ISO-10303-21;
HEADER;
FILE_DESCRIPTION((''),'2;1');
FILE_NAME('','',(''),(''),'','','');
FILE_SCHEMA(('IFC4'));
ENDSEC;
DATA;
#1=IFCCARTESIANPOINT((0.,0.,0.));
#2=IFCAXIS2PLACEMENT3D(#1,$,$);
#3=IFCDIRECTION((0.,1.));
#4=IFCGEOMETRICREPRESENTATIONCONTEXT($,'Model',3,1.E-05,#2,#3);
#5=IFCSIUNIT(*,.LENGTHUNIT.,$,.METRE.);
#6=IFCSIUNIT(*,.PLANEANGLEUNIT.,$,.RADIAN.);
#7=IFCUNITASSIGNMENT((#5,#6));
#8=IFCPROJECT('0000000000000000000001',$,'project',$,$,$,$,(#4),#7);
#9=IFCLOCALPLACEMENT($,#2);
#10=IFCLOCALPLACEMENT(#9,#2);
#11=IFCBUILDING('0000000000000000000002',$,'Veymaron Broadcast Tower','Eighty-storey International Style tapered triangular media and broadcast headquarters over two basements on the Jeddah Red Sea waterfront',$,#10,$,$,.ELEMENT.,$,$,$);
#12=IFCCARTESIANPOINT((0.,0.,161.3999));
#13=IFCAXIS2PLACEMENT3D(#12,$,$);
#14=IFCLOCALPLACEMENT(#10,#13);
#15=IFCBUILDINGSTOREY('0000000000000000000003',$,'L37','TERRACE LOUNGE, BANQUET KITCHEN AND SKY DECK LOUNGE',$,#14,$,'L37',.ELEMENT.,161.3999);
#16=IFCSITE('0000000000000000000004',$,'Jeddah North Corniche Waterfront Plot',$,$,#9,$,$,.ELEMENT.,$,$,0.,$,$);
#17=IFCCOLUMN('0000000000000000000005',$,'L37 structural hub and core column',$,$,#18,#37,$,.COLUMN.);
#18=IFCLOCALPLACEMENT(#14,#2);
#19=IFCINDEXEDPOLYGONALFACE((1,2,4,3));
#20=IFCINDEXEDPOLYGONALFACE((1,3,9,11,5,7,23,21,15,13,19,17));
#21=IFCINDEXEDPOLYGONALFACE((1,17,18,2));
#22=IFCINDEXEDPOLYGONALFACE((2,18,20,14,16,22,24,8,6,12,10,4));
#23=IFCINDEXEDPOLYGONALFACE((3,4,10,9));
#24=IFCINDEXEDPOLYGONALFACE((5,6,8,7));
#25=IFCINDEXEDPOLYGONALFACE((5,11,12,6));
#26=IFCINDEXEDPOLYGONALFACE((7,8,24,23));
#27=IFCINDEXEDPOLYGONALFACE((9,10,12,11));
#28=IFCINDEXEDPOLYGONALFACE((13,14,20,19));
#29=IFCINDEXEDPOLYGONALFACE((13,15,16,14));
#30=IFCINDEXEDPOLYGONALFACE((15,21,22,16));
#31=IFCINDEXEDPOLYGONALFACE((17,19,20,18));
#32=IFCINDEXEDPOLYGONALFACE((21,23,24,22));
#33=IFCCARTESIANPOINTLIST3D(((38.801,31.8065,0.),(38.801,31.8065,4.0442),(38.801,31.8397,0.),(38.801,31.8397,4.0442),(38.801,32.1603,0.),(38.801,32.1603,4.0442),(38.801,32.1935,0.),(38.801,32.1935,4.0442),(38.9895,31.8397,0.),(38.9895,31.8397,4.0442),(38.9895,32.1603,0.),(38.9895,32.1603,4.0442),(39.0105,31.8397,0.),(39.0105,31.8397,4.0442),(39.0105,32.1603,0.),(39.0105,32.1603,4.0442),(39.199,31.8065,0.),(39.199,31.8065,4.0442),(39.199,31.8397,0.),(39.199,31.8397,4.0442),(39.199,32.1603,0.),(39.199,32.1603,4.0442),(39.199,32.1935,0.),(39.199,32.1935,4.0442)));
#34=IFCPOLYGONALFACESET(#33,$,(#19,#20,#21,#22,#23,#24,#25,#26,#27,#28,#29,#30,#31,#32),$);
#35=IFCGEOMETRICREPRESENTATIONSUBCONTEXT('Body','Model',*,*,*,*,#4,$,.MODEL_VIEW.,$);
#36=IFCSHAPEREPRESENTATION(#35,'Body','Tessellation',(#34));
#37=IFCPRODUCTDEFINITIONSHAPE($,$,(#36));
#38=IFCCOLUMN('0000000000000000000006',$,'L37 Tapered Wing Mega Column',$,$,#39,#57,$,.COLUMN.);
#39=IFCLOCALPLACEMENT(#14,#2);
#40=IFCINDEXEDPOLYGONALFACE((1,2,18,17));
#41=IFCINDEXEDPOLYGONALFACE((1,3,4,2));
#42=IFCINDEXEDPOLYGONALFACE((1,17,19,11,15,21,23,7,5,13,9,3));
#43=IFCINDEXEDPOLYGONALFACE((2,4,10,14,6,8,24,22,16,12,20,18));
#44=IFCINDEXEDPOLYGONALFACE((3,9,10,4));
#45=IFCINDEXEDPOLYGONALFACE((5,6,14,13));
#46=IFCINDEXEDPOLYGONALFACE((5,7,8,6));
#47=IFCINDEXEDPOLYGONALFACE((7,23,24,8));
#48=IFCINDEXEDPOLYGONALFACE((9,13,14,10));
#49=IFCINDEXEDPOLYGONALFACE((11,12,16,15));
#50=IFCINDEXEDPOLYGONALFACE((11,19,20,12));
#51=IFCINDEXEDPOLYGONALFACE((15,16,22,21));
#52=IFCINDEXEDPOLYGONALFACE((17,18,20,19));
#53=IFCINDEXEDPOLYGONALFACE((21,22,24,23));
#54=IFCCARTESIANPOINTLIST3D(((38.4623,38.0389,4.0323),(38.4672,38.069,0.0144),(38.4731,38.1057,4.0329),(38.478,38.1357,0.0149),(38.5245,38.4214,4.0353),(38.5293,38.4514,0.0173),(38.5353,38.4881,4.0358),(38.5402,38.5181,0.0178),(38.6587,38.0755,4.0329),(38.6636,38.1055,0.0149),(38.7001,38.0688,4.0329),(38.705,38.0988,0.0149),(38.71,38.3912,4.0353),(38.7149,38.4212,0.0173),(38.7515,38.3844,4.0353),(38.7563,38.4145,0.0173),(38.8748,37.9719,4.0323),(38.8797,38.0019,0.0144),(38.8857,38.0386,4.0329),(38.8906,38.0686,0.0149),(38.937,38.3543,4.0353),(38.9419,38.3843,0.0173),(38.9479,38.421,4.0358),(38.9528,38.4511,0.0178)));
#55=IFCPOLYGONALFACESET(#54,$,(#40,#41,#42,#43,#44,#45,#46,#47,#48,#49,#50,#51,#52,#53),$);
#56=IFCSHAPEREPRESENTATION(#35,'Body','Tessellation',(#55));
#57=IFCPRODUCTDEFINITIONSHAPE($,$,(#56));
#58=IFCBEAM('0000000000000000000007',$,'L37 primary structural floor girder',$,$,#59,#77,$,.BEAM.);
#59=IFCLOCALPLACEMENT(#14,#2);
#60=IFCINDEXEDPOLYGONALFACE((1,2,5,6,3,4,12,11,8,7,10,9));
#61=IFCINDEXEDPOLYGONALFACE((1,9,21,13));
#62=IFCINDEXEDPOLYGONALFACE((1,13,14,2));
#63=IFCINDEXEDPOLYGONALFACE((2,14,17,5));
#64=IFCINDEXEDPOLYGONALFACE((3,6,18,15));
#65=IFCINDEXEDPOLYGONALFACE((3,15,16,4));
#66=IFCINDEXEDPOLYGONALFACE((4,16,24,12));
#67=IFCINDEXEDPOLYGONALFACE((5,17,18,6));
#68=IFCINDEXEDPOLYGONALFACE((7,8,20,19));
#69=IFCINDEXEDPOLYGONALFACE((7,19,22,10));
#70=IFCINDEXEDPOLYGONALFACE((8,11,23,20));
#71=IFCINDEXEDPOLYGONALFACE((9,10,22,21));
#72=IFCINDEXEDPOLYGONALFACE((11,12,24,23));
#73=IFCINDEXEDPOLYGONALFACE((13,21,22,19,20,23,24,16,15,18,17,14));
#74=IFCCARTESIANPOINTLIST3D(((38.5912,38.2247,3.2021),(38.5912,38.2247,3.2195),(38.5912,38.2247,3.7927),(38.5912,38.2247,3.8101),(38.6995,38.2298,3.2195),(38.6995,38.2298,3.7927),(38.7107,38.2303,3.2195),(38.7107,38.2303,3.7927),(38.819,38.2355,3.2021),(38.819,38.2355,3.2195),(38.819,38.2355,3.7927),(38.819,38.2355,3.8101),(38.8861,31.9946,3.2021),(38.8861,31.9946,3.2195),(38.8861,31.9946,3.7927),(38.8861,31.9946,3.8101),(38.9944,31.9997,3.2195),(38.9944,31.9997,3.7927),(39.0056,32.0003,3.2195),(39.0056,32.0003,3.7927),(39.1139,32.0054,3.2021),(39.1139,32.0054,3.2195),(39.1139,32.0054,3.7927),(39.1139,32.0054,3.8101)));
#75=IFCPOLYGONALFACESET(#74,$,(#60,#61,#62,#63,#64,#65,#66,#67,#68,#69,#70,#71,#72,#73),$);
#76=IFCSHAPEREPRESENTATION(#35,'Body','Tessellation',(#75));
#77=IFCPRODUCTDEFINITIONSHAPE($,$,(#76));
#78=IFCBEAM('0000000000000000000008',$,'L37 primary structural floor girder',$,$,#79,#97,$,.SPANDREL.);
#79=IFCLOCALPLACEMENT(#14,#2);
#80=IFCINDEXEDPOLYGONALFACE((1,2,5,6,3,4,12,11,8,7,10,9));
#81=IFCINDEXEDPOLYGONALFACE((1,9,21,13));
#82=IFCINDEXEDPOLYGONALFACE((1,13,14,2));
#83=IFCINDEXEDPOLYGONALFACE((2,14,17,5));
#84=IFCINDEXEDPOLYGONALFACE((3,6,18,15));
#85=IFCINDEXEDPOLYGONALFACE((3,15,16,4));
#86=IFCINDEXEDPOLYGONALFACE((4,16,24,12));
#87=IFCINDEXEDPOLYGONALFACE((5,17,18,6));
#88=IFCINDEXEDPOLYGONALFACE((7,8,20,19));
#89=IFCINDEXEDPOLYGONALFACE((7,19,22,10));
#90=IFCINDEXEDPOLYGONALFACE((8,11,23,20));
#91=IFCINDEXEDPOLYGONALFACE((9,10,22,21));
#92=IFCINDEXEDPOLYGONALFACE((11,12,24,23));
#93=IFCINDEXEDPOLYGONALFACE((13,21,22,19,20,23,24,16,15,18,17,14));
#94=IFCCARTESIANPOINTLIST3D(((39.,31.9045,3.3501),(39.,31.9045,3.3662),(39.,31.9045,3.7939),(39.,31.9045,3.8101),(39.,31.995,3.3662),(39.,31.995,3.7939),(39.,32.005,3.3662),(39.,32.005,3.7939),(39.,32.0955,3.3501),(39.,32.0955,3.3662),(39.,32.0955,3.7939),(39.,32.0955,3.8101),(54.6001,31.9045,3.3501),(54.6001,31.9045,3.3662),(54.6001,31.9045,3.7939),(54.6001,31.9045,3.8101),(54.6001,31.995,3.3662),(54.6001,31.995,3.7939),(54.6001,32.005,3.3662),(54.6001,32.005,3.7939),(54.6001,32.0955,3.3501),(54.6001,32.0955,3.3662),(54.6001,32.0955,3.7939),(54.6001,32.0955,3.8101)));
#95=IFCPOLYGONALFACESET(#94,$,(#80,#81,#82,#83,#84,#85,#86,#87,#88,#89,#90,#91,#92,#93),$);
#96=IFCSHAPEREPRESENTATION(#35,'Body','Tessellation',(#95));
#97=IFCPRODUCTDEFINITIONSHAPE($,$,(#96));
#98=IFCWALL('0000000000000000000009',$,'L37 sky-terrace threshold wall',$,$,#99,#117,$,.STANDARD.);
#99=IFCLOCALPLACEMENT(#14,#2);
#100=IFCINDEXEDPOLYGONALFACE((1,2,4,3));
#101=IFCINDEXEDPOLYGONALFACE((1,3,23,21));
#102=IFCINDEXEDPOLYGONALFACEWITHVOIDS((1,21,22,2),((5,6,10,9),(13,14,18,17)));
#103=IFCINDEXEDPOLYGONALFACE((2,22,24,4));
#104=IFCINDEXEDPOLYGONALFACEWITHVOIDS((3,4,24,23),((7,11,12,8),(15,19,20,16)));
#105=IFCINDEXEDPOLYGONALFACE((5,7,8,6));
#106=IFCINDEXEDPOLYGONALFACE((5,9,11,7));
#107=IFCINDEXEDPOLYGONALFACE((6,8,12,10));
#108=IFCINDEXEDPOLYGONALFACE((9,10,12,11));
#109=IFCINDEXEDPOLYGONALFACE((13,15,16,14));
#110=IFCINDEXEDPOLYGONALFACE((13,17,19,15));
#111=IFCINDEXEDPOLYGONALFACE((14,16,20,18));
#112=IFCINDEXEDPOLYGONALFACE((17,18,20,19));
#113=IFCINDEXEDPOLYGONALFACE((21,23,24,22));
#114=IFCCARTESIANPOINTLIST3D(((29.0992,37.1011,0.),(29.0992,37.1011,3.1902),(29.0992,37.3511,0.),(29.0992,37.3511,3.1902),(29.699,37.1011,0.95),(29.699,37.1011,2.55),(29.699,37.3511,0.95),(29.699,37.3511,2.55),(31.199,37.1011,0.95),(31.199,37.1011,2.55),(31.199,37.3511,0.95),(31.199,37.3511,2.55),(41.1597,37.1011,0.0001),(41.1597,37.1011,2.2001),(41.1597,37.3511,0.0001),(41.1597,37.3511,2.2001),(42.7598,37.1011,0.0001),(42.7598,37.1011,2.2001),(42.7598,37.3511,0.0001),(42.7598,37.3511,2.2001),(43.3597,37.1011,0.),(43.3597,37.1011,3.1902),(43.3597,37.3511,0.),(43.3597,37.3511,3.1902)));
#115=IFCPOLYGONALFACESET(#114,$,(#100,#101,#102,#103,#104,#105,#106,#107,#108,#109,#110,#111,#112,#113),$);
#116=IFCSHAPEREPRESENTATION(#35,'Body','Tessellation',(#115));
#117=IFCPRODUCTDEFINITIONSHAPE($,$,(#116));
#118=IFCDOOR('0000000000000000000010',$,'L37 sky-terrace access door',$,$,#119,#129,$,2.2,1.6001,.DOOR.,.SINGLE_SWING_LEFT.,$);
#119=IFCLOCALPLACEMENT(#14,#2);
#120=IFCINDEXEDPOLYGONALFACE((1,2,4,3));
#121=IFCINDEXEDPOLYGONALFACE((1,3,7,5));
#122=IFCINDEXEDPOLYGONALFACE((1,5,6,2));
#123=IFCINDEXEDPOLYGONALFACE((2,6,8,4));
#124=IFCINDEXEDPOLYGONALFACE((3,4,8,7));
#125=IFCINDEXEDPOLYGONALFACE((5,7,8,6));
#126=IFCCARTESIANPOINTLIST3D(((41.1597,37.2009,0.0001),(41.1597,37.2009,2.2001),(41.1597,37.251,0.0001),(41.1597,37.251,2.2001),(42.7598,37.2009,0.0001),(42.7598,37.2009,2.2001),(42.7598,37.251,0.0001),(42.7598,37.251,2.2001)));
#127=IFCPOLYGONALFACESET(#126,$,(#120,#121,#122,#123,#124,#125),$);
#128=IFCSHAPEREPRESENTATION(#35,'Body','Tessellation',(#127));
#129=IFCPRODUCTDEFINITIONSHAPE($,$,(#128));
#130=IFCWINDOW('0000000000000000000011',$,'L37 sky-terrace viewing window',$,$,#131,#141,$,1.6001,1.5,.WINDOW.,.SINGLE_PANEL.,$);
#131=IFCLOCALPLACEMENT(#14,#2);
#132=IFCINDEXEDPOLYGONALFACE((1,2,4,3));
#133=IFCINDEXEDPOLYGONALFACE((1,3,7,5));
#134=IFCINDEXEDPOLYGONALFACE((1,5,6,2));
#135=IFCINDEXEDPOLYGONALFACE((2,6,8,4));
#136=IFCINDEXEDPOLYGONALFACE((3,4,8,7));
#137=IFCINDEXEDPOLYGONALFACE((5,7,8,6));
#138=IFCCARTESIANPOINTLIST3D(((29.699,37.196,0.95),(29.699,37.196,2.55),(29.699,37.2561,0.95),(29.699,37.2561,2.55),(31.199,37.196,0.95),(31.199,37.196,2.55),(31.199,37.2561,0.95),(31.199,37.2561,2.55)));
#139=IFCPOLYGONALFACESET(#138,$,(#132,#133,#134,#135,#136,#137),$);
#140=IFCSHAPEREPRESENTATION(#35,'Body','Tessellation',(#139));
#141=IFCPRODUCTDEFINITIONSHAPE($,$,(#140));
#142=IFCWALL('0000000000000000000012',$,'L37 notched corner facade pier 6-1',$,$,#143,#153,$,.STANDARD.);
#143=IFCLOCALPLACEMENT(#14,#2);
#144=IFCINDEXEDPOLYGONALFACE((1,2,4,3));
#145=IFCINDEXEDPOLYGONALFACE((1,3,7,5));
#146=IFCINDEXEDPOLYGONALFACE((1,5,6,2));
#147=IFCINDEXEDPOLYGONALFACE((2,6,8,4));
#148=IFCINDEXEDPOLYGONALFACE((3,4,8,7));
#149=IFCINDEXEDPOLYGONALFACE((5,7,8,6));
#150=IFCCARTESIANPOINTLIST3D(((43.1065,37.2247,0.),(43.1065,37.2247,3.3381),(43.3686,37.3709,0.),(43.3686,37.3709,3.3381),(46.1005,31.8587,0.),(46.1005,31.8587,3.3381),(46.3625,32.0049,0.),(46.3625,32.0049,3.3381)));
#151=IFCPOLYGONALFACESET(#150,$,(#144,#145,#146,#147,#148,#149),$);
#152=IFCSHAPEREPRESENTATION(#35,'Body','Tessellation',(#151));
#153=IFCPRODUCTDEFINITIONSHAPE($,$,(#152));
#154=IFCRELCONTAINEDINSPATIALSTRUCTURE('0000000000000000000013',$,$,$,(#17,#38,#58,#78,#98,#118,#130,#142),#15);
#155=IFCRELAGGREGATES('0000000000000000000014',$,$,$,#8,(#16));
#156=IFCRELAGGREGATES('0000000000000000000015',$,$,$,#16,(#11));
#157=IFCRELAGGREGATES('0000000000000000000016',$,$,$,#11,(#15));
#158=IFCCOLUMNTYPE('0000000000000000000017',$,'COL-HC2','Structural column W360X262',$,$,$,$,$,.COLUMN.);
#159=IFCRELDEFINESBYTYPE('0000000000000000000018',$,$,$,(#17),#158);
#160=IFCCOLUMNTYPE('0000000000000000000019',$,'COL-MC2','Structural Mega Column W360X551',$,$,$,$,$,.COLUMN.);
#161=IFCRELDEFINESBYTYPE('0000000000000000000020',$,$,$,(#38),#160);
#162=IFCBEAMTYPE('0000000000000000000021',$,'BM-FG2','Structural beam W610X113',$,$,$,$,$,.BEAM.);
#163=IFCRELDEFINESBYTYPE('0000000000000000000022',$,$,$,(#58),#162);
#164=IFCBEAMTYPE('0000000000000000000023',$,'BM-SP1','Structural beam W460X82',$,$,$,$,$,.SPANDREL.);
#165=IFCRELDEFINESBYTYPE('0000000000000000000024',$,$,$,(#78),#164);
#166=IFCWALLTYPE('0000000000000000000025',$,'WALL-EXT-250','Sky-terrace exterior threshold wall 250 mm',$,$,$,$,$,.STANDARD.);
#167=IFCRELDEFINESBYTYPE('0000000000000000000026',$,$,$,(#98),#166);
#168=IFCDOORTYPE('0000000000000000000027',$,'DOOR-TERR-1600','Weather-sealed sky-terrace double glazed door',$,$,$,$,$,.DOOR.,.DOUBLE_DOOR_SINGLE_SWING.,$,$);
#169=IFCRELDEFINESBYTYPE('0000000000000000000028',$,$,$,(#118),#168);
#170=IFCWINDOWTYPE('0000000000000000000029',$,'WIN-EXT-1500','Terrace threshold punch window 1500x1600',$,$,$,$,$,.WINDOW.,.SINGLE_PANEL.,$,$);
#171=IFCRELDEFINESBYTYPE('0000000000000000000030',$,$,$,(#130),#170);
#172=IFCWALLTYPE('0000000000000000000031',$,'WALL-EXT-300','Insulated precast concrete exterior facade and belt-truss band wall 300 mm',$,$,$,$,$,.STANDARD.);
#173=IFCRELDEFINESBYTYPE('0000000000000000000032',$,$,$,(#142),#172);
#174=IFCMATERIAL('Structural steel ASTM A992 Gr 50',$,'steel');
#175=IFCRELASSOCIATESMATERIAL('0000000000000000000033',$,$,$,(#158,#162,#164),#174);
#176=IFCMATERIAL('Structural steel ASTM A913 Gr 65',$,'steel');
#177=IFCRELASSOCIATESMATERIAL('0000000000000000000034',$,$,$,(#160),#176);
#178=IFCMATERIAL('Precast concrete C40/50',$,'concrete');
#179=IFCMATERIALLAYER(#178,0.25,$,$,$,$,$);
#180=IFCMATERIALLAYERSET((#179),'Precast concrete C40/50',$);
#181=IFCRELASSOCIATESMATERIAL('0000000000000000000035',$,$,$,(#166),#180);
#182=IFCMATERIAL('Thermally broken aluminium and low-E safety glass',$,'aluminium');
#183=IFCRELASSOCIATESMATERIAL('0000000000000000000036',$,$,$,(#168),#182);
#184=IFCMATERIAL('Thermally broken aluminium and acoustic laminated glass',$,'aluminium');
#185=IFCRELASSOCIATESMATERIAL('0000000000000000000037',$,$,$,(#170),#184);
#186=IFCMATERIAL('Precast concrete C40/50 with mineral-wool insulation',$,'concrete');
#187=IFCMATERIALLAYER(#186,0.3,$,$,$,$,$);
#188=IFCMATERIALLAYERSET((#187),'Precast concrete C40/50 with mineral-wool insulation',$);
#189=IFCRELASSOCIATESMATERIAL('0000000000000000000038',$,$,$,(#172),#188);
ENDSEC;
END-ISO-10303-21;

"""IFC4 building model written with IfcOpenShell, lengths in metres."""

from ifc_helpers import new_model, si_unit, direction, frame, frame_2d, origin, origin_2d, place, context, subcontext, project, spatial, rectangle, i_section, extrude, material, layer, layer_set, material_profile, profile_set, type_object, element, fill, save


model = new_model("IFC4")

# Units and contexts
model_context = context("Model", 3, precision=1e-05, world=origin(), true_north=direction((0.0, 1.0)))
body_context = subcontext(model_context, "Body", "Model", "MODEL_VIEW")
ifc_project = project(units=[si_unit("LENGTHUNIT", "METRE"), si_unit("PLANEANGLEUNIT", "RADIAN")], contexts=[model_context])

# Site, building, storey
site_placement = place(None, origin())
site = spatial("IfcSite", under=ifc_project, at=site_placement, Name="Jeddah North Corniche Waterfront Plot", CompositionType="ELEMENT", RefElevation=0.0)
building_placement = place(site_placement, origin())
building = spatial("IfcBuilding", under=site, at=building_placement, Name="Veymaron Broadcast Tower", Description="Eighty-storey International Style tapered triangular media and broadcast headquarters over two basements on the Jeddah Red Sea waterfront", CompositionType="ELEMENT")
storey_placement = place(building_placement, frame((0.0, 0.0, 161.3999)))
storey = spatial("IfcBuildingStorey", under=building, at=storey_placement, Name="L37", Description="TERRACE LOUNGE, BANQUET KITCHEN AND SKY DECK LOUNGE", LongName="L37", CompositionType="ELEMENT", Elevation=161.3999)

# Columns
ifc_material_1 = material(Name="Structural steel ASTM A992 Gr 50", Category="steel")
ifc_material_profile_1 = material_profile(ifc_material_1, i_section(OverallWidth=0.3979, OverallDepth=0.387, WebThickness=0.021, FlangeThickness=0.0332, at=origin_2d()), Name="W360X262")
ifc_profile_set_1 = profile_set([ifc_material_profile_1], Name="Structural steel ASTM A992 Gr 50")
column_type_1 = type_object("IfcColumnType", Name="COL-HC2", Description="Structural column W360X262", PredefinedType="COLUMN", material=ifc_profile_set_1)
column_1_placement = place(storey_placement, frame((39.0, 32.0, 0.0), z_axis=(0.0, 0.0, 1.0), x_axis=(1.0, 0.0, 0.0)))
element("IfcColumn", 1, at=column_1_placement, inside=storey, type_object=column_type_1, Name="L37 structural hub and core column", PredefinedType="COLUMN", context=body_context, shape_type="SweptSolid", body=[
    extrude(i_section(OverallWidth=0.3979, OverallDepth=0.387, WebThickness=0.021, FlangeThickness=0.0332, at=origin_2d()), origin(), (0.0, 0.0, 1.0), 4.0442),
])
ifc_material_2 = material(Name="Structural steel ASTM A913 Gr 65", Category="steel")
ifc_material_profile_2 = material_profile(ifc_material_2, i_section(OverallWidth=0.418, OverallDepth=0.4551, WebThickness=0.042, FlangeThickness=0.0676, at=origin_2d()), Name="W360X551")
ifc_profile_set_2 = profile_set([ifc_material_profile_2], Name="Structural steel ASTM A913 Gr 65")
column_type_2 = type_object("IfcColumnType", Name="COL-MC2", Description="Structural Mega Column W360X551", PredefinedType="COLUMN", material=ifc_profile_set_2)
column_2_placement = place(storey_placement, frame((38.71, 38.26, 0.0161), z_axis=(-0.001215, -0.007473, 0.999971), x_axis=(0.987037, -0.160494, 0.0)))
element("IfcColumn", 2, at=column_2_placement, inside=storey, type_object=column_type_2, Name="L37 Tapered Wing Mega Column", PredefinedType="COLUMN", context=body_context, shape_type="SweptSolid", body=[
    extrude(i_section(OverallWidth=0.418, OverallDepth=0.4551, WebThickness=0.042, FlangeThickness=0.0676, at=origin_2d()), origin(), (0.0, 0.0, 1.0), 4.0181),
])

# Beams
ifc_material_profile_3 = material_profile(ifc_material_1, i_section(OverallWidth=0.228, OverallDepth=0.6079, WebThickness=0.0112, FlangeThickness=0.0173, at=origin_2d()), Name="W610X113")
ifc_profile_set_3 = profile_set([ifc_material_profile_3], Name="Structural steel ASTM A992 Gr 50")
beam_type_1 = type_object("IfcBeamType", Name="BM-FG2", Description="Structural beam W610X113", PredefinedType="BEAM", material=ifc_profile_set_3)
beam_1_placement = place(storey_placement, frame((39.0, 32.0, 3.5061), z_axis=(-0.047286, 0.998881, 0.0), x_axis=(-0.998881, -0.047286, 0.0)))
element("IfcBeam", 3, at=beam_1_placement, inside=storey, type_object=beam_type_1, Name="L37 primary structural floor girder", PredefinedType="BEAM", context=body_context, shape_type="SweptSolid", body=[
    extrude(i_section(OverallWidth=0.228, OverallDepth=0.6079, WebThickness=0.0112, FlangeThickness=0.0173, at=origin_2d()), origin(), (0.0, 0.0, 1.0), 6.2371),
])
ifc_material_profile_4 = material_profile(ifc_material_1, i_section(OverallWidth=0.1909, OverallDepth=0.46, WebThickness=0.01, FlangeThickness=0.0161, at=origin_2d()), Name="W460X82")
ifc_profile_set_4 = profile_set([ifc_material_profile_4], Name="Structural steel ASTM A992 Gr 50")
beam_type_2 = type_object("IfcBeamType", Name="BM-SP1", Description="Structural beam W460X82", PredefinedType="SPANDREL", material=ifc_profile_set_4)
beam_2_placement = place(storey_placement, frame((39.0, 32.0, 3.5801), z_axis=(1.0, 0.0, 0.0), x_axis=(0.0, 1.0, 0.0)))
element("IfcBeam", 4, at=beam_2_placement, inside=storey, type_object=beam_type_2, Name="L37 primary structural floor girder", PredefinedType="SPANDREL", context=body_context, shape_type="SweptSolid", body=[
    extrude(i_section(OverallWidth=0.1909, OverallDepth=0.46, WebThickness=0.01, FlangeThickness=0.0161, at=origin_2d()), origin(), (0.0, 0.0, 1.0), 15.6001),
])

# Wall, openings, door, window
ifc_material_3 = material(Name="Precast concrete C40/50", Category="concrete")
ifc_layer_1 = layer(ifc_material_3, 0.25)
ifc_layer_set_1 = layer_set([ifc_layer_1], Name="Precast concrete C40/50")
wall_type_1 = type_object("IfcWallType", Name="WALL-EXT-250", Description="Sky-terrace exterior threshold wall 250 mm", PredefinedType="STANDARD", material=ifc_layer_set_1)
wall_1_placement = place(storey_placement, frame((43.3599, 37.2261, 0.0), z_axis=(0.0, 0.0, 1.0), x_axis=(-1.0, 0.0, 0.0)))
wall_1 = element("IfcWall", 5, at=wall_1_placement, inside=storey, type_object=wall_type_1, Name="L37 sky-terrace threshold wall", PredefinedType="STANDARD", context=body_context, shape_type="SweptSolid", body=[
    extrude(rectangle(XDim=14.2605, YDim=0.25, at=frame_2d((7.1304, 0.0))), origin(), (0.0, 0.0, 1.0), 3.1902),
])
opening_1_placement = place(wall_1_placement, frame((0.6001, 0.0, 0.0)))
opening_1 = element("IfcOpeningElement", 6, at=opening_1_placement, cuts=wall_1, PredefinedType="OPENING", context=body_context, shape_type="SweptSolid", body=[
    extrude(rectangle(XDim=1.6001, YDim=2.2, at=frame_2d((0.8, 1.1001))), frame((0.0, 0.135, 0.0), z_axis=(0.0, -1.0, 0.0), x_axis=(1.0, 0.0, 0.0)), (0.0, 0.0, 1.0), 0.27),
])
opening_2_placement = place(wall_1_placement, frame((12.1609, 0.0, 0.95)))
opening_2 = element("IfcOpeningElement", 7, at=opening_2_placement, cuts=wall_1, PredefinedType="OPENING", context=body_context, shape_type="SweptSolid", body=[
    extrude(rectangle(XDim=1.5, YDim=1.6001, at=frame_2d((0.75, 0.8))), frame((0.0, 0.135, 0.0), z_axis=(0.0, -1.0, 0.0), x_axis=(1.0, 0.0, 0.0)), (0.0, 0.0, 1.0), 0.27),
])
ifc_material_4 = material(Name="Thermally broken aluminium and low-E safety glass", Category="aluminium")
door_type_1 = type_object("IfcDoorType", Name="DOOR-TERR-1600", Description="Weather-sealed sky-terrace double glazed door", OperationType="DOUBLE_DOOR_SINGLE_SWING", PredefinedType="DOOR", material=ifc_material_4)
door_1_placement = place(opening_1_placement, frame((1.6001, 0.0, 0.0), z_axis=(0.0, 0.0, 1.0), x_axis=(-1.0, 0.0, 0.0)))
door_1 = element("IfcDoor", 8, at=door_1_placement, inside=storey, type_object=door_type_1, Name="L37 sky-terrace access door", OperationType="SINGLE_SWING_LEFT", OverallHeight=2.2, OverallWidth=1.6001, PredefinedType="DOOR", context=body_context, shape_type="SweptSolid", body=[
    extrude(rectangle(XDim=1.6001, YDim=2.2, at=frame_2d((0.8, 1.1001))), frame((0.0, 0.0249, 0.0), z_axis=(0.0, -1.0, 0.0), x_axis=(1.0, 0.0, 0.0)), (0.0, 0.0, 1.0), 0.05),
])
fill(opening_1, door_1)
ifc_material_5 = material(Name="Thermally broken aluminium and acoustic laminated glass", Category="aluminium")
window_type = type_object("IfcWindowType", Name="WIN-EXT-1500", Description="Terrace threshold punch window 1500x1600", PartitioningType="SINGLE_PANEL", PredefinedType="WINDOW", material=ifc_material_5)
window_placement = place(opening_2_placement, origin())
window = element("IfcWindow", 9, at=window_placement, inside=storey, type_object=window_type, Name="L37 sky-terrace viewing window", OverallHeight=1.6001, OverallWidth=1.5, PartitioningType="SINGLE_PANEL", PredefinedType="WINDOW", context=body_context, shape_type="SweptSolid", body=[
    extrude(rectangle(XDim=1.5, YDim=1.6001, at=frame_2d((0.75, 0.8))), frame((0.0, 0.03, 0.0), z_axis=(0.0, -1.0, 0.0), x_axis=(1.0, 0.0, 0.0)), (0.0, 0.0, 1.0), 0.0601),
])
fill(opening_2, window)

# Wall
ifc_material_6 = material(Name="Precast concrete C40/50 with mineral-wool insulation", Category="concrete")
ifc_layer_2 = layer(ifc_material_6, 0.3)
ifc_layer_set_2 = layer_set([ifc_layer_2], Name="Precast concrete C40/50 with mineral-wool insulation")
wall_type_2 = type_object("IfcWallType", Name="WALL-EXT-300", Description="Insulated precast concrete exterior facade and belt-truss band wall 300 mm", PredefinedType="STANDARD", material=ifc_layer_set_2)
wall_2_placement = place(storey_placement, frame((46.2314, 31.9319, 0.0), z_axis=(0.0, 0.0, 1.0), x_axis=(-0.487234, 0.873271, 0.0)))
element("IfcWall", 10, at=wall_2_placement, inside=storey, type_object=wall_type_2, Name="L37 notched corner facade pier 6-1", PredefinedType="STANDARD", context=body_context, shape_type="SweptSolid", body=[
    extrude(rectangle(XDim=6.1448, YDim=0.3, at=frame_2d((3.0723, 0.0))), origin(), (0.0, 0.0, 1.0), 3.3381),
])

save(model, "model.ifc")
